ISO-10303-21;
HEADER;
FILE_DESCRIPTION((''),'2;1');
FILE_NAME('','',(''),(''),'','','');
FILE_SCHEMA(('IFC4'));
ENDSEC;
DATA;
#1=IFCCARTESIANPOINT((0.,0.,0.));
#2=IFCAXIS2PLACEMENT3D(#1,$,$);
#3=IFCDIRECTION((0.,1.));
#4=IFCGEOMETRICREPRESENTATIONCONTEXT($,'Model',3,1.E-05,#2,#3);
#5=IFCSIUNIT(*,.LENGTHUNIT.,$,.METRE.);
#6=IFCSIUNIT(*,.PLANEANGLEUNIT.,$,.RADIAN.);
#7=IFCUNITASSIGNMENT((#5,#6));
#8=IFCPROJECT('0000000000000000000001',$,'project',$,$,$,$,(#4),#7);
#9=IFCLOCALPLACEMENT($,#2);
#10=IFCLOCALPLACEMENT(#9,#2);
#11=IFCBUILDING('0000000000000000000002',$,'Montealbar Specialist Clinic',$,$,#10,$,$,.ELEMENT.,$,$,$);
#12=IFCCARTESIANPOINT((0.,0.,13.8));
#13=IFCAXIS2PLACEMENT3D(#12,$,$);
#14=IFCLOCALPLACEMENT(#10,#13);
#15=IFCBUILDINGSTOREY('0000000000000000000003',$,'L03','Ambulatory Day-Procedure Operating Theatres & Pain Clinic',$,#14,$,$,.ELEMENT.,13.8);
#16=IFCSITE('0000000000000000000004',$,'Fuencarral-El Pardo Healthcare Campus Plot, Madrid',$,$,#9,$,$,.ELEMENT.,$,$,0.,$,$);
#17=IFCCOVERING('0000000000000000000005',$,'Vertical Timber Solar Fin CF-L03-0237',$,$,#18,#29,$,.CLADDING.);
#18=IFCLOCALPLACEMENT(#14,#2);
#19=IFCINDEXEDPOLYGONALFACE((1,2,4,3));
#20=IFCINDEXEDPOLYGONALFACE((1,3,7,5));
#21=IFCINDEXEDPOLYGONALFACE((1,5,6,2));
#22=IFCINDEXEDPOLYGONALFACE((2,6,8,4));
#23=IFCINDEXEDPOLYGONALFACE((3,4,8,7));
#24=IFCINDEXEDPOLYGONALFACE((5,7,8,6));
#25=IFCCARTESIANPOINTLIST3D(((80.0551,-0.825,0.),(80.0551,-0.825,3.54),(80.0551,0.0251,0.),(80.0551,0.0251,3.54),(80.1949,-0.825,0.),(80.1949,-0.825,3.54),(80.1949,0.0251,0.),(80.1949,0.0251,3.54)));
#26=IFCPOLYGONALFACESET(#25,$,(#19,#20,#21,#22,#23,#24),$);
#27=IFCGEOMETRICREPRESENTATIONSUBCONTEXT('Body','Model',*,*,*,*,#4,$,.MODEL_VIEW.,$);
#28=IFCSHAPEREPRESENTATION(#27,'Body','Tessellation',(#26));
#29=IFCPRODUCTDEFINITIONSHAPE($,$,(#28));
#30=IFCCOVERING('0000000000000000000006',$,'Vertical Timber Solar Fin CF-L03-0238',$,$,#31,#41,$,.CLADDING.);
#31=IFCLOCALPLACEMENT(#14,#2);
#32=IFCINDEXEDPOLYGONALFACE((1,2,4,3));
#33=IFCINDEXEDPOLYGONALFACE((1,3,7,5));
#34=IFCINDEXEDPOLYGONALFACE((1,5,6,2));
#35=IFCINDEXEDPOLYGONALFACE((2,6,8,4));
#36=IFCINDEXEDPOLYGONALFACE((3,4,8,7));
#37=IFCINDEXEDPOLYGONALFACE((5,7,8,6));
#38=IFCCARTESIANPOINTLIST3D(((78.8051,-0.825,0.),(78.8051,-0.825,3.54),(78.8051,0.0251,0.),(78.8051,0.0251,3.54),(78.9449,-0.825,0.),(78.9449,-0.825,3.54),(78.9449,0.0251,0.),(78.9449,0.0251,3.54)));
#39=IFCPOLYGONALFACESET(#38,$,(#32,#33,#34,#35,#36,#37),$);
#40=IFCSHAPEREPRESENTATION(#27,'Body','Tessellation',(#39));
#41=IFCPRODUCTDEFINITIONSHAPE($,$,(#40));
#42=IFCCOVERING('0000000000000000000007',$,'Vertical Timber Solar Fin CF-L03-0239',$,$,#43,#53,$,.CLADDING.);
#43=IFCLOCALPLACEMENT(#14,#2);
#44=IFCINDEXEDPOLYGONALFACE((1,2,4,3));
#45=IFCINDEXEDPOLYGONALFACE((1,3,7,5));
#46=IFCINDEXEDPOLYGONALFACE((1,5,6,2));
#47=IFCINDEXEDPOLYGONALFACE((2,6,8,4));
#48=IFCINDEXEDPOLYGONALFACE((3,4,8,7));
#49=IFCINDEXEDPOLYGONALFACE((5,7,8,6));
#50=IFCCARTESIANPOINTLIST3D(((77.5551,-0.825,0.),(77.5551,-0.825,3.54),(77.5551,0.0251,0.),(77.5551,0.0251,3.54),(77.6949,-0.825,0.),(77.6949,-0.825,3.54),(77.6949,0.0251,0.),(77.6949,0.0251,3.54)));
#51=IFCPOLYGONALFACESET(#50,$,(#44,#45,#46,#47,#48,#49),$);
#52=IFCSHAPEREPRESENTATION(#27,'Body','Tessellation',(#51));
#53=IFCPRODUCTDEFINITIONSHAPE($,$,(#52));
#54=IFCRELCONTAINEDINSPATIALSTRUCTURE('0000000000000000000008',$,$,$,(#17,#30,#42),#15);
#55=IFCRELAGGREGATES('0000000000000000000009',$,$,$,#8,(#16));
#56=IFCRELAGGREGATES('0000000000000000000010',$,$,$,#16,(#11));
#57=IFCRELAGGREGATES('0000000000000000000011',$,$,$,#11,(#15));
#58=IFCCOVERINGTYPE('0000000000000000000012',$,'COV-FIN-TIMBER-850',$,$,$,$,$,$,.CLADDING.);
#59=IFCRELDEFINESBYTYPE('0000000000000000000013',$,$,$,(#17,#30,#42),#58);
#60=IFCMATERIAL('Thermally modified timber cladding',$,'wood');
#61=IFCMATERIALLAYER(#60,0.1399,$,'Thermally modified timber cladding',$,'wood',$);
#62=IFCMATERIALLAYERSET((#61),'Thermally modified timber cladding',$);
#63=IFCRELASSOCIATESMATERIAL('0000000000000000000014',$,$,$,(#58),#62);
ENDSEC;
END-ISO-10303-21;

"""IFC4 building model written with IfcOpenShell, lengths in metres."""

from ifc_helpers import new_model, si_unit, direction, frame, origin, origin_2d, place, context, subcontext, project, spatial, rectangle, extrude, material, layer, layer_set, type_object, element, save


model = new_model("IFC4")

# Units and contexts
model_context = context("Model", 3, precision=1e-05, world=origin(), true_north=direction((0.0, 1.0)))
body_context = subcontext(model_context, "Body", "Model", "MODEL_VIEW")
ifc_project = project(units=[si_unit("LENGTHUNIT", "METRE"), si_unit("PLANEANGLEUNIT", "RADIAN")], contexts=[model_context])

# Site, building, storey
site_placement = place(None, origin())
site = spatial("IfcSite", under=ifc_project, at=site_placement, Name="Fuencarral-El Pardo Healthcare Campus Plot, Madrid", CompositionType="ELEMENT", RefElevation=0.0)
building_placement = place(site_placement, origin())
building = spatial("IfcBuilding", under=site, at=building_placement, Name="Montealbar Specialist Clinic", CompositionType="ELEMENT")
storey_placement = place(building_placement, frame((0.0, 0.0, 13.8)))
storey = spatial("IfcBuildingStorey", under=building, at=storey_placement, Name="L03", Description="Ambulatory Day-Procedure Operating Theatres & Pain Clinic", CompositionType="ELEMENT", Elevation=13.8)

# Coverings
ifc_material_1 = material(Name="Thermally modified timber cladding", Category="wood")
ifc_layer_1 = layer(ifc_material_1, 0.1399, Name="Thermally modified timber cladding", Category="wood")
ifc_layer_set_1 = layer_set([ifc_layer_1], Name="Thermally modified timber cladding")
covering_type = type_object("IfcCoveringType", Name="COV-FIN-TIMBER-850", PredefinedType="CLADDING", material=ifc_layer_set_1)
for number, where, z_axis, x_axis, name in (
    (1, (80.125, -0.3999, 0.0), (0.0, 0.0, 1.0), (0.0, -1.0, 0.0), "Vertical Timber Solar Fin CF-L03-0237"),
    (2, (78.875, -0.3999, 0.0), (0.0, 0.0, 1.0), (0.0, -1.0, 0.0), "Vertical Timber Solar Fin CF-L03-0238"),
    (3, (77.625, -0.3999, 0.0), (0.0, 0.0, 1.0), (0.0, -1.0, 0.0), "Vertical Timber Solar Fin CF-L03-0239"),
):
    element("IfcCovering", number, at=place(storey_placement, frame(where, z_axis=z_axis, x_axis=x_axis)), inside=storey, type_object=covering_type, Name=name, PredefinedType="CLADDING", context=body_context, shape_type="SweptSolid", body=[
        extrude(rectangle(XDim=0.8501, YDim=0.1399, at=origin_2d()), origin(), (0.0, 0.0, 1.0), 3.54),
    ])

save(model, "model.ifc")
